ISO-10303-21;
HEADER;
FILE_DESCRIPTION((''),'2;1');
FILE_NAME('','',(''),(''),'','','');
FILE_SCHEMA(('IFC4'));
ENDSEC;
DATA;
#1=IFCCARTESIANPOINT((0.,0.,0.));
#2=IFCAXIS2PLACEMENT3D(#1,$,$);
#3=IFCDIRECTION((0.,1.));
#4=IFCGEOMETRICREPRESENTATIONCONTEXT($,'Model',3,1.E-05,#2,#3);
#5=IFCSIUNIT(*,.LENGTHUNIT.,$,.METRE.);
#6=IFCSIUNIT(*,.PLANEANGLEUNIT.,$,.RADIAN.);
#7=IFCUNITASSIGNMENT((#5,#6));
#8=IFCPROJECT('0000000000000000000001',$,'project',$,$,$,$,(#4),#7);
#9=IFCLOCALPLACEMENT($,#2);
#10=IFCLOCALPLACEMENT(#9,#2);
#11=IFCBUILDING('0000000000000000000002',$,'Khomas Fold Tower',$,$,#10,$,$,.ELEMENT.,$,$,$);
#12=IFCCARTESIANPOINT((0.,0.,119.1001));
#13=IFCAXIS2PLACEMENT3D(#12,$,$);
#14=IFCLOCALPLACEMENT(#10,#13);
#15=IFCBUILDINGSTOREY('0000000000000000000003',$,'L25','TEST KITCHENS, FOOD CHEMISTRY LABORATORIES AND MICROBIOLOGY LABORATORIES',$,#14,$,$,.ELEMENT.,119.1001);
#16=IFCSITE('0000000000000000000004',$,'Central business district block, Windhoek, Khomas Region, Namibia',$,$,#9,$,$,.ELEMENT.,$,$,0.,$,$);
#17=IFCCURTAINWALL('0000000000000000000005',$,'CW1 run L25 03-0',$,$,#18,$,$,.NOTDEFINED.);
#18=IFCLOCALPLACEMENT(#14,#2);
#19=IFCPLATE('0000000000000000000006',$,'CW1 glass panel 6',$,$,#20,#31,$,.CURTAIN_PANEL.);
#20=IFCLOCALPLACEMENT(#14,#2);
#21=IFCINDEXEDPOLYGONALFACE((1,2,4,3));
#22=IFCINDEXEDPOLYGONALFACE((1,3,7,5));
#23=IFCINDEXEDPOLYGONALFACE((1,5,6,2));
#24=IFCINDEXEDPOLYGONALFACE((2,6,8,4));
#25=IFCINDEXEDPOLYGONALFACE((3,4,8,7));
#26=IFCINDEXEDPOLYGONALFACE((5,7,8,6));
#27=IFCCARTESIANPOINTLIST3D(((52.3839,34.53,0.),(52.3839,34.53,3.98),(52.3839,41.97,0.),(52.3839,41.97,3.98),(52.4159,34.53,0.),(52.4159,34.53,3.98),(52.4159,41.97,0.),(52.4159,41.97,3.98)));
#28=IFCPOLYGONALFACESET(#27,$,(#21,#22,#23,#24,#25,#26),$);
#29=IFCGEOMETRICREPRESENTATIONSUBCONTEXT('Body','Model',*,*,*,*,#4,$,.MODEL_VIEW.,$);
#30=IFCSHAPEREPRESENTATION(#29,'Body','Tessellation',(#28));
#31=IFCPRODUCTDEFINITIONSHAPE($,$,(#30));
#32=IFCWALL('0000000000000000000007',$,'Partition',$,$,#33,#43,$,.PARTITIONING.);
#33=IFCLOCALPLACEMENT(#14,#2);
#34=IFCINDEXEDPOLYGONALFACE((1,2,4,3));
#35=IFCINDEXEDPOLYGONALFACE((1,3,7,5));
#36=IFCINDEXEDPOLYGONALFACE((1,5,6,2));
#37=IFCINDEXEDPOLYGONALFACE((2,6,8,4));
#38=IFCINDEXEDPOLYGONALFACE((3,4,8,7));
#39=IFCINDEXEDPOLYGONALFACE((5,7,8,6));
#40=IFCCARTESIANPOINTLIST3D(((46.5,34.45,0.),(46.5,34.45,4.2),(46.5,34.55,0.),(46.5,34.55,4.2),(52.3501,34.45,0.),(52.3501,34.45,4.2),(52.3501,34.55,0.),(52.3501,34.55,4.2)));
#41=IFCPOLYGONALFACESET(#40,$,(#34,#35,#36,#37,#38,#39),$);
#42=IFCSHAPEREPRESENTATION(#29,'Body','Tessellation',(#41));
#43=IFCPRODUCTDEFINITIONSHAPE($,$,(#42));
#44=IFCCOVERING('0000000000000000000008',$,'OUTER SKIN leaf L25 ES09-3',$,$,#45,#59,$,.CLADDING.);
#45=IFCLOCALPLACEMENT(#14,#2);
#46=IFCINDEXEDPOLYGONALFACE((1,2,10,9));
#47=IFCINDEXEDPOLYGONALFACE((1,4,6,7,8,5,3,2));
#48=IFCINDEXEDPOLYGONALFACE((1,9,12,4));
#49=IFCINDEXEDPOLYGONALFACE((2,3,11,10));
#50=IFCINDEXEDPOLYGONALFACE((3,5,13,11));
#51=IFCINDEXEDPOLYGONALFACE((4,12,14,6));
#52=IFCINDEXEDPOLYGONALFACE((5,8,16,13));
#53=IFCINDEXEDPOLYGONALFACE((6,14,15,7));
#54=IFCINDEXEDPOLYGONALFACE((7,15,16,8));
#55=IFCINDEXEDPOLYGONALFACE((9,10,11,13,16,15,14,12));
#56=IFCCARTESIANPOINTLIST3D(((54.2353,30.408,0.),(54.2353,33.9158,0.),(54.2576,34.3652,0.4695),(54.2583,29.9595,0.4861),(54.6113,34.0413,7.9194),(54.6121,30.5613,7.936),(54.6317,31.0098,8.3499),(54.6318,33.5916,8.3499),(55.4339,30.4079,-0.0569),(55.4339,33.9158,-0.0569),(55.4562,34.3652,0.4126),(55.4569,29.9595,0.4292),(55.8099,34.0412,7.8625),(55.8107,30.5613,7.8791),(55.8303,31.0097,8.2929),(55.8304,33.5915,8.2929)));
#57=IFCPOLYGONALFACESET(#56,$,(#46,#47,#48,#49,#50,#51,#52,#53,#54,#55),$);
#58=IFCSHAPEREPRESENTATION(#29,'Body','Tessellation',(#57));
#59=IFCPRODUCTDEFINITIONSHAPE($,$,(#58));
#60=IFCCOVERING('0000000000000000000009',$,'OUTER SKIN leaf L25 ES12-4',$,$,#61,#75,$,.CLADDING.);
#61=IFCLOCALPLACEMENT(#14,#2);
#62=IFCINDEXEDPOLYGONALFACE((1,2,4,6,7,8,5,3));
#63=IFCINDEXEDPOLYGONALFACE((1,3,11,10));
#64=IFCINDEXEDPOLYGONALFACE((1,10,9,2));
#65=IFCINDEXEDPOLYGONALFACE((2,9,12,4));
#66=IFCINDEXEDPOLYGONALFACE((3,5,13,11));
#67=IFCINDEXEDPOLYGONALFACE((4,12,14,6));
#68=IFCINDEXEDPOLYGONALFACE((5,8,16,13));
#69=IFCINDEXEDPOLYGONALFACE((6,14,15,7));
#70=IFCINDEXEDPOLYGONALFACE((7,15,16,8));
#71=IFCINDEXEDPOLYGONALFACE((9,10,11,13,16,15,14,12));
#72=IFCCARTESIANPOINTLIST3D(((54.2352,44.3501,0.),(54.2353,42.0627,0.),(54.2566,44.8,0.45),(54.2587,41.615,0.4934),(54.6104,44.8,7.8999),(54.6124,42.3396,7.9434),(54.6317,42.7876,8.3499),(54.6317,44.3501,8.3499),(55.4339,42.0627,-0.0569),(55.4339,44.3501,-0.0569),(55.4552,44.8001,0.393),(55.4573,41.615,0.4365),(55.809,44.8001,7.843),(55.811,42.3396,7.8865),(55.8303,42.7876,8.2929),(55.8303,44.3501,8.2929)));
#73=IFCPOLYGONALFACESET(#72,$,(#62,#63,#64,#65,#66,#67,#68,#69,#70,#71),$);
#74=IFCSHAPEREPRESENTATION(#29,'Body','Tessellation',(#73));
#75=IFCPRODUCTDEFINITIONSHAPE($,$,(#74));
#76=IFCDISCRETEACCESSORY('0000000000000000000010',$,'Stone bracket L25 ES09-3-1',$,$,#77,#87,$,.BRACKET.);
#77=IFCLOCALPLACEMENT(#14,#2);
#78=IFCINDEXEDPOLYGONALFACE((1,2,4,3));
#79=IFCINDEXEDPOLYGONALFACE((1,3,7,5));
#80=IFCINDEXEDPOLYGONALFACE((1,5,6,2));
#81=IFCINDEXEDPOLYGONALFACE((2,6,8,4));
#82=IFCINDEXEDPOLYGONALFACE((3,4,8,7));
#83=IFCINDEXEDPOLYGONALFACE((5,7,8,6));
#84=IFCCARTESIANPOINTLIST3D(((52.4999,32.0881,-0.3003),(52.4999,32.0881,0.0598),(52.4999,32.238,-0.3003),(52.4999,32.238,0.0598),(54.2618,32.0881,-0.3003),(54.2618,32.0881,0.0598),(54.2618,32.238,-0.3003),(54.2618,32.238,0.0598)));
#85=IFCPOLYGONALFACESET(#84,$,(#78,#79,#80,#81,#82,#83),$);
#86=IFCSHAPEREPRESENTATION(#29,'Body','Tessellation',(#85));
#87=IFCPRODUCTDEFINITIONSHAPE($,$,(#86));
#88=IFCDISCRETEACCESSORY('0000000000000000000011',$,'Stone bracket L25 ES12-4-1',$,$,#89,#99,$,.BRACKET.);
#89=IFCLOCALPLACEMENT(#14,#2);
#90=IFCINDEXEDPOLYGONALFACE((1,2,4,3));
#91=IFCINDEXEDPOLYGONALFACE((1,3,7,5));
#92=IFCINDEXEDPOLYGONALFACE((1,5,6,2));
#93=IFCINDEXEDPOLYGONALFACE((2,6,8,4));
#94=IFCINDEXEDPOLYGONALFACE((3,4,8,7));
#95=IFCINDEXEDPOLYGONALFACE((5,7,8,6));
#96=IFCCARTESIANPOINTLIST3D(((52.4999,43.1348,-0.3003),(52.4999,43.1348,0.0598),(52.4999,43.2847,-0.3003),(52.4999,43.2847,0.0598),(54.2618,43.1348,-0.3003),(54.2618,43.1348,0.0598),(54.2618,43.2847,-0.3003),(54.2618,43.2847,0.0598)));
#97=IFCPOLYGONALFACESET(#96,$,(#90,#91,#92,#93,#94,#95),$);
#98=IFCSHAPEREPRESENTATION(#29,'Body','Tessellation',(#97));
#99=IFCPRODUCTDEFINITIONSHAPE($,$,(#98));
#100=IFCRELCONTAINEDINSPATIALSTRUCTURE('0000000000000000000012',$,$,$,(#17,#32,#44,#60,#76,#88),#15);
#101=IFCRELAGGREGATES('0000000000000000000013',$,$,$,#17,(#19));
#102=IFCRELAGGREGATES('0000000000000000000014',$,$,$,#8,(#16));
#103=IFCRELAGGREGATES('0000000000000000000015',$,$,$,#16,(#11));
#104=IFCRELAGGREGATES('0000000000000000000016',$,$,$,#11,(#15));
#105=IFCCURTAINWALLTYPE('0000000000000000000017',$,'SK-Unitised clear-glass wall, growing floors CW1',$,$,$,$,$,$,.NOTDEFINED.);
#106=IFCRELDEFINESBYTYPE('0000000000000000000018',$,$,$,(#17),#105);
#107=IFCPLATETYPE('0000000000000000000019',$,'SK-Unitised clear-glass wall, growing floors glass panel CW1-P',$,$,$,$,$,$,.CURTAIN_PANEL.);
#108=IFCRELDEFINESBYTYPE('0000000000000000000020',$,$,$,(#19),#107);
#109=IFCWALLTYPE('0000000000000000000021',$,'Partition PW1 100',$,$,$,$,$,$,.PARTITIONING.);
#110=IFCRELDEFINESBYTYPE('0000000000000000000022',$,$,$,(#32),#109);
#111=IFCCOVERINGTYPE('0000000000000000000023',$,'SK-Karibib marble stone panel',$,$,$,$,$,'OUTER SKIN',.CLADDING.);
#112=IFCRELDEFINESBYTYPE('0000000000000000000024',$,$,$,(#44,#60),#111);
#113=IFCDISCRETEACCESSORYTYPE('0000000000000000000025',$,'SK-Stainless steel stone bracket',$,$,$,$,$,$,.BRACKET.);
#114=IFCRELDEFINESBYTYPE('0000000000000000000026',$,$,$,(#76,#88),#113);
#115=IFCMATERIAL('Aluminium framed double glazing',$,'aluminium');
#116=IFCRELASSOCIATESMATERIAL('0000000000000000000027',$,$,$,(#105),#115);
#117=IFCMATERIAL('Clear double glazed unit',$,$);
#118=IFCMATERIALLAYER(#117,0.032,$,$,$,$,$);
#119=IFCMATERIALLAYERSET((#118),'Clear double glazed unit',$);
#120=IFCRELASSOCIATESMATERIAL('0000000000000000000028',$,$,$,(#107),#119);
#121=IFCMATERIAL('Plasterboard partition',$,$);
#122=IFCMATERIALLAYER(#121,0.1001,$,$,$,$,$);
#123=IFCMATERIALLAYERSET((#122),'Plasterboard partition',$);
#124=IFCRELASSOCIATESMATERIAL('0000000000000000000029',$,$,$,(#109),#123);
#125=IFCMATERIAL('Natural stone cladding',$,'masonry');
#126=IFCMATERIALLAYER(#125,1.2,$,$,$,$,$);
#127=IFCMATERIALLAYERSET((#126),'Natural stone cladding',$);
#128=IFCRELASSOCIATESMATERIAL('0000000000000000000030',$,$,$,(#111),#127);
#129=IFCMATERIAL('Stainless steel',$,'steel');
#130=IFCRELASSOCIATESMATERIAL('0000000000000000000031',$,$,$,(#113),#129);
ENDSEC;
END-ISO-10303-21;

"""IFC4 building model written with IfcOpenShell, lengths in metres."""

from ifc_helpers import new_model, si_unit, direction, frame, frame_2d, origin, origin_2d, place, context, subcontext, project, spatial, polyline, rectangle, outline, extrude, source, transform, mapped, material, layer, layer_set, type_object, element, aggregate, save


model = new_model("IFC4")

# Units and contexts
model_context = context("Model", 3, precision=1e-05, world=origin(), true_north=direction((0.0, 1.0)))
body_context = subcontext(model_context, "Body", "Model", "MODEL_VIEW")
ifc_project = project(units=[si_unit("LENGTHUNIT", "METRE"), si_unit("PLANEANGLEUNIT", "RADIAN")], contexts=[model_context])

# Site, building, storey
site_placement = place(None, origin())
site = spatial("IfcSite", under=ifc_project, at=site_placement, Name="Central business district block, Windhoek, Khomas Region, Namibia", CompositionType="ELEMENT", RefElevation=0.0)
building_placement = place(site_placement, origin())
building = spatial("IfcBuilding", under=site, at=building_placement, Name="Khomas Fold Tower", CompositionType="ELEMENT")
storey_placement = place(building_placement, frame((0.0, 0.0, 119.1001)))
storey = spatial("IfcBuildingStorey", under=building, at=storey_placement, Name="L25", Description="TEST KITCHENS, FOOD CHEMISTRY LABORATORIES AND MICROBIOLOGY LABORATORIES", CompositionType="ELEMENT", Elevation=119.1001)

# Curtain wall, plate
ifc_material_1 = material(Name="Aluminium framed double glazing", Category="aluminium")
curtain_wall_type = type_object("IfcCurtainWallType", Name="SK-Unitised clear-glass wall, growing floors CW1", PredefinedType="NOTDEFINED", material=ifc_material_1)
curtain_wall_placement = place(storey_placement, origin())
curtain_wall = element("IfcCurtainWall", 1, at=curtain_wall_placement, inside=storey, type_object=curtain_wall_type, Name="CW1 run L25 03-0", PredefinedType="NOTDEFINED")
ifc_material_2 = material(Name="Clear double glazed unit")
ifc_layer_1 = layer(ifc_material_2, 0.032)
ifc_layer_set_1 = layer_set([ifc_layer_1], Name="Clear double glazed unit")
plate_type = type_object("IfcPlateType", Name="SK-Unitised clear-glass wall, growing floors glass panel CW1-P", PredefinedType="CURTAIN_PANEL", material=ifc_layer_set_1)
shared_shape_1 = source(origin(), body_context, "Body", "SweptSolid", [
    extrude(rectangle(XDim=7.4399, YDim=0.032, at=origin_2d()), origin(), (0.0, 0.0, 1.0), 3.98),
])
plate_1_placement = place(storey_placement, frame((52.3999, 38.25, 0.0), z_axis=(0.0, 0.0, 1.0), x_axis=(0.0, 1.0, 0.0)))
plate_1 = element("IfcPlate", 2, at=plate_1_placement, type_object=plate_type, Name="CW1 glass panel 6", PredefinedType="CURTAIN_PANEL", context=body_context, shape_type="MappedRepresentation", body=[
    mapped(shared_shape_1, transform((0.0, 0.0, 0.0))),
])
aggregate(curtain_wall, [plate_1])

# Wall
ifc_material_3 = material(Name="Plasterboard partition")
ifc_layer_2 = layer(ifc_material_3, 0.1001)
ifc_layer_set_2 = layer_set([ifc_layer_2], Name="Plasterboard partition")
wall_type = type_object("IfcWallType", Name="Partition PW1 100", PredefinedType="PARTITIONING", material=ifc_layer_set_2)
shared_shape_2 = source(origin(), body_context, "Body", "SweptSolid", [
    extrude(rectangle(XDim=5.8501, YDim=0.1001, at=frame_2d((2.925, 0.0))), origin(), (0.0, 0.0, 1.0), 4.2),
])
wall_placement = place(storey_placement, frame((46.5, 34.5, 0.0), z_axis=(0.0, 0.0, 1.0), x_axis=(1.0, 0.0, 0.0)))
element("IfcWall", 3, at=wall_placement, inside=storey, type_object=wall_type, Name="Partition", PredefinedType="PARTITIONING", context=body_context, shape_type="MappedRepresentation", body=[
    mapped(shared_shape_2, transform((0.0, 0.0, 0.0))),
])

# Coverings
ifc_material_4 = material(Name="Natural stone cladding", Category="masonry")
ifc_layer_3 = layer(ifc_material_4, 1.2)
ifc_layer_set_3 = layer_set([ifc_layer_3], Name="Natural stone cladding")
covering_type = type_object("IfcCoveringType", Name="SK-Karibib marble stone panel", ElementType="OUTER SKIN", PredefinedType="CLADDING", material=ifc_layer_set_3)
covering_1_placement = place(storey_placement, frame((54.6113, 34.0413, 7.9194), z_axis=(-0.998875, 0.000013, 0.047428), x_axis=(-0.047382, 0.043397, -0.997934)))
element("IfcCovering", 4, at=covering_1_placement, inside=storey, type_object=covering_type, Name="OUTER SKIN leaf L25 ES09-3", PredefinedType="CLADDING", context=body_context, shape_type="SweptSolid", body=[
    extrude(outline(polyline([(0.0, 0.0), (7.4654, 0.0), (7.9154, 0.4694), (7.7632, 3.9739), (7.2576, 4.4009), (-0.1676, 3.476), (-0.5621, 3.0099), (-0.45, 0.4306), (0.0, 0.0)])), origin(), (0.0, 0.0, -1.0), 1.2),
])
covering_2_placement = place(storey_placement, frame((54.6104, 44.8, 7.8999), z_axis=(-0.998875, -0.000004, 0.047429), x_axis=(-0.047429, 0.0, -0.998875)))
element("IfcCovering", 5, at=covering_2_placement, inside=storey, type_object=covering_type, Name="OUTER SKIN leaf L25 ES12-4", PredefinedType="CLADDING", context=body_context, shape_type="SweptSolid", body=[
    extrude(outline(polyline([(0.0, 0.0), (7.4583, 0.0), (7.9088, 0.45), (7.9088, 2.7373), (7.4148, 3.1851), (-0.0435, 2.4604), (-0.4505, 2.0125), (-0.4505, 0.45), (0.0, 0.0)])), origin(), (0.0, 0.0, -1.0), 1.2),
])

# Discrete accessories
ifc_material_5 = material(Name="Stainless steel", Category="steel")
discrete_accessory_type = type_object("IfcDiscreteAccessoryType", Name="SK-Stainless steel stone bracket", PredefinedType="BRACKET", material=ifc_material_5)
shared_shape_3 = source(origin(), body_context, "Body", "SweptSolid", [
    extrude(rectangle(XDim=1.762, YDim=0.1499, at=origin_2d()), origin(), (0.0, 0.0, 1.0), 0.3601),
])
for number, where, z_axis, x_axis, name in (
    (6, (53.3809, 32.1631, -0.3003), (0.0, 0.0, 1.0), (1.0, 0.0, 0.0), "Stone bracket L25 ES09-3-1"),
    (7, (53.3809, 43.2097, -0.3003), (0.0, 0.0, 1.0), (1.0, 0.0, 0.0), "Stone bracket L25 ES12-4-1"),
):
    element("IfcDiscreteAccessory", number, at=place(storey_placement, frame(where, z_axis=z_axis, x_axis=x_axis)), inside=storey, type_object=discrete_accessory_type, Name=name, PredefinedType="BRACKET", context=body_context, shape_type="MappedRepresentation", body=[
        mapped(shared_shape_3, transform((0.0, 0.0, 0.0))),
    ])

save(model, "model.ifc")
